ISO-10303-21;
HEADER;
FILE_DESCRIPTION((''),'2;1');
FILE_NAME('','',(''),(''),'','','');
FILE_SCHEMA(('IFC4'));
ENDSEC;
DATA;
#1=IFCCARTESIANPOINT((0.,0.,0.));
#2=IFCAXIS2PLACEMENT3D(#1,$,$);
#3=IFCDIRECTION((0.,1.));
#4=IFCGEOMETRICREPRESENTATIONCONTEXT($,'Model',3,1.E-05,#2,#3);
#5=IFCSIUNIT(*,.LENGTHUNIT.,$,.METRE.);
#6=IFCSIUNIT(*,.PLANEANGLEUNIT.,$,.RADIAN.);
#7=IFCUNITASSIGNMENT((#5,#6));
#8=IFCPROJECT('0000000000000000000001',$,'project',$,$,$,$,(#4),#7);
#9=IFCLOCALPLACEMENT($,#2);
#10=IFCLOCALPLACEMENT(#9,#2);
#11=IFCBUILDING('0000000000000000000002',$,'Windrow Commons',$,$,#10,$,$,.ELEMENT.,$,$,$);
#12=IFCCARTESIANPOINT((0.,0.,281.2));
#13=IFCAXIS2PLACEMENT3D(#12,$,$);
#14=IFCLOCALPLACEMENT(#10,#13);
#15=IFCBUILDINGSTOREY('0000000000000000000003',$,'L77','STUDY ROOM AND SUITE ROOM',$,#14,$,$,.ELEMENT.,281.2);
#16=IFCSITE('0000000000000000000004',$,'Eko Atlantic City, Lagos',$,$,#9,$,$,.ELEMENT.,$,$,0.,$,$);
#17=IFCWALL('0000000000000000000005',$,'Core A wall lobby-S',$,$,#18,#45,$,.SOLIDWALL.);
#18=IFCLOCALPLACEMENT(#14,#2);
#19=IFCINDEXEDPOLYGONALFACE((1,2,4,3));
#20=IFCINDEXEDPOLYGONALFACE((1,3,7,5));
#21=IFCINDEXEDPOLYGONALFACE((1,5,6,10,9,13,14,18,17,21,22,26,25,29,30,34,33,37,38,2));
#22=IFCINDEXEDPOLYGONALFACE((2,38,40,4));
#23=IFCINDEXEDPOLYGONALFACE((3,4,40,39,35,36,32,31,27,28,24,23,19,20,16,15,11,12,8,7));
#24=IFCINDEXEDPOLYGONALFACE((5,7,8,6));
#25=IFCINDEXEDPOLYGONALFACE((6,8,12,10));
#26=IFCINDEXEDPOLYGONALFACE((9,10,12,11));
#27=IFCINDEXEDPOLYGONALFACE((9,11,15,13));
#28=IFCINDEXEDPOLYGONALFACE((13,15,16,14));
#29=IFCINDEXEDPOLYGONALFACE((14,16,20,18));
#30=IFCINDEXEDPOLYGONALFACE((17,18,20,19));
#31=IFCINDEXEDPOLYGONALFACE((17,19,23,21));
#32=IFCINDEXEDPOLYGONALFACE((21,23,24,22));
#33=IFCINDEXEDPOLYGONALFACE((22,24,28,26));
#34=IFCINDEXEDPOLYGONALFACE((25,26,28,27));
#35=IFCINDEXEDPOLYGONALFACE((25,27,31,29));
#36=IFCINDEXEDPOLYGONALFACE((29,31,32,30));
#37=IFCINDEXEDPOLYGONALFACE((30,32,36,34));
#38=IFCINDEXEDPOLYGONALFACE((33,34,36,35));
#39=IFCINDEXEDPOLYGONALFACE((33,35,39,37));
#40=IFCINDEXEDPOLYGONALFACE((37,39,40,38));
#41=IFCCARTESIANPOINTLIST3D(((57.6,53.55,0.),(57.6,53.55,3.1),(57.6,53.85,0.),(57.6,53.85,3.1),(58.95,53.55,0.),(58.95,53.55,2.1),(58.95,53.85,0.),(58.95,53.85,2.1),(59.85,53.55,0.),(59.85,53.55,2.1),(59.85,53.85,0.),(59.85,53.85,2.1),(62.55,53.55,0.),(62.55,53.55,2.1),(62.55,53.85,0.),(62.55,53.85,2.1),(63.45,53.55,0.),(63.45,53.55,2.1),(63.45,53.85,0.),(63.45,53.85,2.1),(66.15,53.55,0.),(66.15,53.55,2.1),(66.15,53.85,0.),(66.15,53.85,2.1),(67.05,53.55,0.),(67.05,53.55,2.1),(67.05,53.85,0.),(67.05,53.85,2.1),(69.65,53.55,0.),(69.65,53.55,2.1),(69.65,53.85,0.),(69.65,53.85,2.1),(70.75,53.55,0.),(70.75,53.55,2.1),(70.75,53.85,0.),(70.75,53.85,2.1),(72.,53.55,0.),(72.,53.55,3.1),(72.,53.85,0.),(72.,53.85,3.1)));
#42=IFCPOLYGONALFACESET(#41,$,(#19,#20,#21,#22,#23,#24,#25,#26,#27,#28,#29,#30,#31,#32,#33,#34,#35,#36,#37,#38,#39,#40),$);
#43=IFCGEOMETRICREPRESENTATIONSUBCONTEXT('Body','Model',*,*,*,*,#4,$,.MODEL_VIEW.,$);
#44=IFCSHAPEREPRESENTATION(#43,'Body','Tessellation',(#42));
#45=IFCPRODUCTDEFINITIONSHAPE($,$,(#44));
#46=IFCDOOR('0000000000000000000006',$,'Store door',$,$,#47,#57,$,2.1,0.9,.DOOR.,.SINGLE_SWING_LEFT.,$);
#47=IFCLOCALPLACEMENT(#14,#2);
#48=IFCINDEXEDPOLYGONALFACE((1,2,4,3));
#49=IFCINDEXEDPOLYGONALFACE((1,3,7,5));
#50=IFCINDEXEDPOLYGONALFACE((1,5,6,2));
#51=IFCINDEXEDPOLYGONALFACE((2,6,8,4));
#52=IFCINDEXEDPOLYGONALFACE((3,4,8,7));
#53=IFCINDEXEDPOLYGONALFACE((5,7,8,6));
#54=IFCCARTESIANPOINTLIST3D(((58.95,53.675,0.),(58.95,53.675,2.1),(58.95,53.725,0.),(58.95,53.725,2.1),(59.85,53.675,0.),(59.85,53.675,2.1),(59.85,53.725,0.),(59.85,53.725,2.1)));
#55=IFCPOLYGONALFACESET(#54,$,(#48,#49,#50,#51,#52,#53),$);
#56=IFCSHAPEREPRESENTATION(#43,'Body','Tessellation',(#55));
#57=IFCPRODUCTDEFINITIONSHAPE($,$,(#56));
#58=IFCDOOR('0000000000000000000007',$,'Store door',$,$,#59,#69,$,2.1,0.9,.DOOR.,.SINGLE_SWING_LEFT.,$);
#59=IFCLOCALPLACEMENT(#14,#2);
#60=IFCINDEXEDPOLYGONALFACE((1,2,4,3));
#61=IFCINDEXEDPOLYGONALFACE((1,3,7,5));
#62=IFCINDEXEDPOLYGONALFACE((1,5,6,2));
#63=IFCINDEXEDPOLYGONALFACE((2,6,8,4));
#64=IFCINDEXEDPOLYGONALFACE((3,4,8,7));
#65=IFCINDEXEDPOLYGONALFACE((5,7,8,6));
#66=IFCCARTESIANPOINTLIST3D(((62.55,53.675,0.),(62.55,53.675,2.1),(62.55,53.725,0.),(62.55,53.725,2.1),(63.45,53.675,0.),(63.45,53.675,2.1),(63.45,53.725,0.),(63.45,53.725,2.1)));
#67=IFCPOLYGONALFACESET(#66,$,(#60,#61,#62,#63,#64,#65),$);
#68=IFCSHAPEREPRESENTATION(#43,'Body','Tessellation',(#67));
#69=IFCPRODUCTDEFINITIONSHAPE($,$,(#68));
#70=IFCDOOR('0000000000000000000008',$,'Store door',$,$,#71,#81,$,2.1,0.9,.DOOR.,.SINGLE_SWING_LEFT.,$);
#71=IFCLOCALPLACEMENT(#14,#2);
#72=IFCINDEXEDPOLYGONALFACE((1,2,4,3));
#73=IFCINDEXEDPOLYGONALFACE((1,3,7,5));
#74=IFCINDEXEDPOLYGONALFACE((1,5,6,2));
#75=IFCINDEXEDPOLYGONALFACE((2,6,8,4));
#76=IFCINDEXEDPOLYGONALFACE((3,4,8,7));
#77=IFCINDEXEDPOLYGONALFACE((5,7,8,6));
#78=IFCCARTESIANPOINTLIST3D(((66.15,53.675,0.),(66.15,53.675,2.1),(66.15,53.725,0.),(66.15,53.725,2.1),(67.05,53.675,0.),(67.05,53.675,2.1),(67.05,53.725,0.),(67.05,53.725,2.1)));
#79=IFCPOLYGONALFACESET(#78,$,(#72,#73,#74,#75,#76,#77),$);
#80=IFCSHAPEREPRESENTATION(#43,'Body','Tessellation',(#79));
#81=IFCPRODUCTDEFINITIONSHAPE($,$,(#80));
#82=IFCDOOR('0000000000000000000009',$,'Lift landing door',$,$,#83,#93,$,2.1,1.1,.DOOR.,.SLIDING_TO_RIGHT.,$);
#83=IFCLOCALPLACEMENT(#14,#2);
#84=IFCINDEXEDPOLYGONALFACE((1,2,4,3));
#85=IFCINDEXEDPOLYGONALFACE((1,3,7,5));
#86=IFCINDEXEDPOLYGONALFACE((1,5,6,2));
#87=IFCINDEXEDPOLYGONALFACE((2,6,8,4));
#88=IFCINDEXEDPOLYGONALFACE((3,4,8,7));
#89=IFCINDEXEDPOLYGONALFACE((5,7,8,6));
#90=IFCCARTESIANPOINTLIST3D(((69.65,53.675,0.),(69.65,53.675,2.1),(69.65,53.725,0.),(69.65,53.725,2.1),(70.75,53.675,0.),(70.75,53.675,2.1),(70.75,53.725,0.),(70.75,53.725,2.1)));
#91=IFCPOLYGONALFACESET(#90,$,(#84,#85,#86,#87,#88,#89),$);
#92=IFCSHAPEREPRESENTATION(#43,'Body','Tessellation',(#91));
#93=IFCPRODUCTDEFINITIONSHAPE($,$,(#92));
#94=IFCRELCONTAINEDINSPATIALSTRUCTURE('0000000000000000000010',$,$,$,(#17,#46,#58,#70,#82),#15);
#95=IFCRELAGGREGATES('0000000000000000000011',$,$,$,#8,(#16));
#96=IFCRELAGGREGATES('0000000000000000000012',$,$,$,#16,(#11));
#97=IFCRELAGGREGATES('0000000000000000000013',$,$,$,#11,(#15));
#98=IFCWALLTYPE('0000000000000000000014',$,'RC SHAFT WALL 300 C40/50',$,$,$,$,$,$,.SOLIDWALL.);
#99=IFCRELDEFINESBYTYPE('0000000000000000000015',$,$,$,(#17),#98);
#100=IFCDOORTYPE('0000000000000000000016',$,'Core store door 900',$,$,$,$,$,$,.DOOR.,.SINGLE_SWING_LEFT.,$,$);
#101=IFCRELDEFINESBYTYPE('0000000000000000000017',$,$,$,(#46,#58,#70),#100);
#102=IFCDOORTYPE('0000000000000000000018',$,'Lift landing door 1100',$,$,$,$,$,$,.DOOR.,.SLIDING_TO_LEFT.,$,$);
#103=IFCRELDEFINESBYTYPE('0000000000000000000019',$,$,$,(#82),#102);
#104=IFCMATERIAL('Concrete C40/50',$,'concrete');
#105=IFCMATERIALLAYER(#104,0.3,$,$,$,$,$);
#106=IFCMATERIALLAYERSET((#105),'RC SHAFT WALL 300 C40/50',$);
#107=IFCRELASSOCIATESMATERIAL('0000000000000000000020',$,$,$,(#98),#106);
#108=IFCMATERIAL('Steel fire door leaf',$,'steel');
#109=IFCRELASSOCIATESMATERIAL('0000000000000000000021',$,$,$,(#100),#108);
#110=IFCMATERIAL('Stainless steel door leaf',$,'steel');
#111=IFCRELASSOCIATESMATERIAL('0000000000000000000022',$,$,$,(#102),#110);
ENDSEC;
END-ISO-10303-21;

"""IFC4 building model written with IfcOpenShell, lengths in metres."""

from ifc_helpers import new_model, si_unit, direction, frame, frame_2d, origin, place, context, subcontext, project, spatial, rectangle, extrude, material, layer, layer_set, type_object, element, fill, save


model = new_model("IFC4")

# Units and contexts
model_context = context("Model", 3, precision=1e-05, world=origin(), true_north=direction((0.0, 1.0)))
body_context = subcontext(model_context, "Body", "Model", "MODEL_VIEW")
ifc_project = project(units=[si_unit("LENGTHUNIT", "METRE"), si_unit("PLANEANGLEUNIT", "RADIAN")], contexts=[model_context])

# Site, building, storey
site_placement = place(None, origin())
site = spatial("IfcSite", under=ifc_project, at=site_placement, Name="Eko Atlantic City, Lagos", CompositionType="ELEMENT", RefElevation=0.0)
building_placement = place(site_placement, origin())
building = spatial("IfcBuilding", under=site, at=building_placement, Name="Windrow Commons", CompositionType="ELEMENT")
storey_placement = place(building_placement, frame((0.0, 0.0, 281.2)))
storey = spatial("IfcBuildingStorey", under=building, at=storey_placement, Name="L77", Description="STUDY ROOM AND SUITE ROOM", CompositionType="ELEMENT", Elevation=281.2)

# Wall, openings, doors
ifc_material_1 = material(Name="Concrete C40/50", Category="concrete")
ifc_layer_1 = layer(ifc_material_1, 0.3)
ifc_layer_set_1 = layer_set([ifc_layer_1], Name="RC SHAFT WALL 300 C40/50")
wall_type_1 = type_object("IfcWallType", Name="RC SHAFT WALL 300 C40/50", PredefinedType="SOLIDWALL", material=ifc_layer_set_1)
wall_1_placement = place(storey_placement, frame((57.6, 53.7, 0.0), z_axis=(0.0, 0.0, 1.0), x_axis=(1.0, 0.0, 0.0)))
wall_1 = element("IfcWall", 1, at=wall_1_placement, inside=storey, type_object=wall_type_1, Name="Core A wall lobby-S", PredefinedType="SOLIDWALL", context=body_context, shape_type="SweptSolid", body=[
    extrude(rectangle(XDim=14.4, YDim=0.3, at=frame_2d((7.2, 0.0))), origin(), (0.0, 0.0, 1.0), 3.1),
])
opening_1_placement = place(wall_1_placement, frame((1.35, 0.0, 0.0)))
opening_1 = element("IfcOpeningElement", 2, at=opening_1_placement, cuts=wall_1, PredefinedType="OPENING", context=body_context, shape_type="SweptSolid", body=[
    extrude(rectangle(XDim=0.9, YDim=2.1, at=frame_2d((0.45, 1.05))), frame((0.0, 0.16, 0.0), z_axis=(0.0, -1.0, 0.0), x_axis=(1.0, 0.0, 0.0)), (0.0, 0.0, 1.0), 0.32),
])
opening_2_placement = place(wall_1_placement, frame((4.95, 0.0, 0.0)))
opening_2 = element("IfcOpeningElement", 3, at=opening_2_placement, cuts=wall_1, PredefinedType="OPENING", context=body_context, shape_type="SweptSolid", body=[
    extrude(rectangle(XDim=0.9, YDim=2.1, at=frame_2d((0.45, 1.05))), frame((0.0, 0.16, 0.0), z_axis=(0.0, -1.0, 0.0), x_axis=(1.0, 0.0, 0.0)), (0.0, 0.0, 1.0), 0.32),
])
opening_3_placement = place(wall_1_placement, frame((8.55, 0.0, 0.0)))
opening_3 = element("IfcOpeningElement", 4, at=opening_3_placement, cuts=wall_1, PredefinedType="OPENING", context=body_context, shape_type="SweptSolid", body=[
    extrude(rectangle(XDim=0.9, YDim=2.1, at=frame_2d((0.45, 1.05))), frame((0.0, 0.16, 0.0), z_axis=(0.0, -1.0, 0.0), x_axis=(1.0, 0.0, 0.0)), (0.0, 0.0, 1.0), 0.32),
])
opening_4_placement = place(wall_1_placement, frame((12.05, 0.0, 0.0)))
opening_4 = element("IfcOpeningElement", 5, at=opening_4_placement, cuts=wall_1, PredefinedType="OPENING", context=body_context, shape_type="SweptSolid", body=[
    extrude(rectangle(XDim=1.1, YDim=2.1, at=frame_2d((0.55, 1.05))), frame((0.0, 0.16, 0.0), z_axis=(0.0, -1.0, 0.0), x_axis=(1.0, 0.0, 0.0)), (0.0, 0.0, 1.0), 0.32),
])
ifc_material_2 = material(Name="Steel fire door leaf", Category="steel")
door_type_1 = type_object("IfcDoorType", Name="Core store door 900", OperationType="SINGLE_SWING_LEFT", PredefinedType="DOOR", material=ifc_material_2)
door_1_placement = place(opening_1_placement, origin())
door_1 = element("IfcDoor", 6, at=door_1_placement, inside=storey, type_object=door_type_1, Name="Store door", OperationType="SINGLE_SWING_LEFT", OverallHeight=2.1, OverallWidth=0.9, PredefinedType="DOOR", context=body_context, shape_type="SweptSolid", body=[
    extrude(rectangle(XDim=0.9, YDim=2.1, at=frame_2d((0.45, 1.05))), frame((0.0, 0.025, 0.0), z_axis=(0.0, -1.0, 0.0), x_axis=(1.0, 0.0, 0.0)), (0.0, 0.0, 1.0), 0.05),
])
fill(opening_1, door_1)
door_2_placement = place(opening_2_placement, origin())
door_2 = element("IfcDoor", 7, at=door_2_placement, inside=storey, type_object=door_type_1, Name="Store door", OperationType="SINGLE_SWING_LEFT", OverallHeight=2.1, OverallWidth=0.9, PredefinedType="DOOR", context=body_context, shape_type="SweptSolid", body=[
    extrude(rectangle(XDim=0.9, YDim=2.1, at=frame_2d((0.45, 1.05))), frame((0.0, 0.025, 0.0), z_axis=(0.0, -1.0, 0.0), x_axis=(1.0, 0.0, 0.0)), (0.0, 0.0, 1.0), 0.05),
])
fill(opening_2, door_2)
door_3_placement = place(opening_3_placement, origin())
door_3 = element("IfcDoor", 8, at=door_3_placement, inside=storey, type_object=door_type_1, Name="Store door", OperationType="SINGLE_SWING_LEFT", OverallHeight=2.1, OverallWidth=0.9, PredefinedType="DOOR", context=body_context, shape_type="SweptSolid", body=[
    extrude(rectangle(XDim=0.9, YDim=2.1, at=frame_2d((0.45, 1.05))), frame((0.0, 0.025, 0.0), z_axis=(0.0, -1.0, 0.0), x_axis=(1.0, 0.0, 0.0)), (0.0, 0.0, 1.0), 0.05),
])
fill(opening_3, door_3)
ifc_material_3 = material(Name="Stainless steel door leaf", Category="steel")
door_type_2 = type_object("IfcDoorType", Name="Lift landing door 1100", OperationType="SLIDING_TO_LEFT", PredefinedType="DOOR", material=ifc_material_3)
door_4_placement = place(opening_4_placement, origin())
door_4 = element("IfcDoor", 9, at=door_4_placement, inside=storey, type_object=door_type_2, Name="Lift landing door", OperationType="SLIDING_TO_RIGHT", OverallHeight=2.1, OverallWidth=1.1, PredefinedType="DOOR", context=body_context, shape_type="SweptSolid", body=[
    extrude(rectangle(XDim=1.1, YDim=2.1, at=frame_2d((0.55, 1.05))), frame((0.0, 0.025, 0.0), z_axis=(0.0, -1.0, 0.0), x_axis=(1.0, 0.0, 0.0)), (0.0, 0.0, 1.0), 0.05),
])
fill(opening_4, door_4)

save(model, "model.ifc")
